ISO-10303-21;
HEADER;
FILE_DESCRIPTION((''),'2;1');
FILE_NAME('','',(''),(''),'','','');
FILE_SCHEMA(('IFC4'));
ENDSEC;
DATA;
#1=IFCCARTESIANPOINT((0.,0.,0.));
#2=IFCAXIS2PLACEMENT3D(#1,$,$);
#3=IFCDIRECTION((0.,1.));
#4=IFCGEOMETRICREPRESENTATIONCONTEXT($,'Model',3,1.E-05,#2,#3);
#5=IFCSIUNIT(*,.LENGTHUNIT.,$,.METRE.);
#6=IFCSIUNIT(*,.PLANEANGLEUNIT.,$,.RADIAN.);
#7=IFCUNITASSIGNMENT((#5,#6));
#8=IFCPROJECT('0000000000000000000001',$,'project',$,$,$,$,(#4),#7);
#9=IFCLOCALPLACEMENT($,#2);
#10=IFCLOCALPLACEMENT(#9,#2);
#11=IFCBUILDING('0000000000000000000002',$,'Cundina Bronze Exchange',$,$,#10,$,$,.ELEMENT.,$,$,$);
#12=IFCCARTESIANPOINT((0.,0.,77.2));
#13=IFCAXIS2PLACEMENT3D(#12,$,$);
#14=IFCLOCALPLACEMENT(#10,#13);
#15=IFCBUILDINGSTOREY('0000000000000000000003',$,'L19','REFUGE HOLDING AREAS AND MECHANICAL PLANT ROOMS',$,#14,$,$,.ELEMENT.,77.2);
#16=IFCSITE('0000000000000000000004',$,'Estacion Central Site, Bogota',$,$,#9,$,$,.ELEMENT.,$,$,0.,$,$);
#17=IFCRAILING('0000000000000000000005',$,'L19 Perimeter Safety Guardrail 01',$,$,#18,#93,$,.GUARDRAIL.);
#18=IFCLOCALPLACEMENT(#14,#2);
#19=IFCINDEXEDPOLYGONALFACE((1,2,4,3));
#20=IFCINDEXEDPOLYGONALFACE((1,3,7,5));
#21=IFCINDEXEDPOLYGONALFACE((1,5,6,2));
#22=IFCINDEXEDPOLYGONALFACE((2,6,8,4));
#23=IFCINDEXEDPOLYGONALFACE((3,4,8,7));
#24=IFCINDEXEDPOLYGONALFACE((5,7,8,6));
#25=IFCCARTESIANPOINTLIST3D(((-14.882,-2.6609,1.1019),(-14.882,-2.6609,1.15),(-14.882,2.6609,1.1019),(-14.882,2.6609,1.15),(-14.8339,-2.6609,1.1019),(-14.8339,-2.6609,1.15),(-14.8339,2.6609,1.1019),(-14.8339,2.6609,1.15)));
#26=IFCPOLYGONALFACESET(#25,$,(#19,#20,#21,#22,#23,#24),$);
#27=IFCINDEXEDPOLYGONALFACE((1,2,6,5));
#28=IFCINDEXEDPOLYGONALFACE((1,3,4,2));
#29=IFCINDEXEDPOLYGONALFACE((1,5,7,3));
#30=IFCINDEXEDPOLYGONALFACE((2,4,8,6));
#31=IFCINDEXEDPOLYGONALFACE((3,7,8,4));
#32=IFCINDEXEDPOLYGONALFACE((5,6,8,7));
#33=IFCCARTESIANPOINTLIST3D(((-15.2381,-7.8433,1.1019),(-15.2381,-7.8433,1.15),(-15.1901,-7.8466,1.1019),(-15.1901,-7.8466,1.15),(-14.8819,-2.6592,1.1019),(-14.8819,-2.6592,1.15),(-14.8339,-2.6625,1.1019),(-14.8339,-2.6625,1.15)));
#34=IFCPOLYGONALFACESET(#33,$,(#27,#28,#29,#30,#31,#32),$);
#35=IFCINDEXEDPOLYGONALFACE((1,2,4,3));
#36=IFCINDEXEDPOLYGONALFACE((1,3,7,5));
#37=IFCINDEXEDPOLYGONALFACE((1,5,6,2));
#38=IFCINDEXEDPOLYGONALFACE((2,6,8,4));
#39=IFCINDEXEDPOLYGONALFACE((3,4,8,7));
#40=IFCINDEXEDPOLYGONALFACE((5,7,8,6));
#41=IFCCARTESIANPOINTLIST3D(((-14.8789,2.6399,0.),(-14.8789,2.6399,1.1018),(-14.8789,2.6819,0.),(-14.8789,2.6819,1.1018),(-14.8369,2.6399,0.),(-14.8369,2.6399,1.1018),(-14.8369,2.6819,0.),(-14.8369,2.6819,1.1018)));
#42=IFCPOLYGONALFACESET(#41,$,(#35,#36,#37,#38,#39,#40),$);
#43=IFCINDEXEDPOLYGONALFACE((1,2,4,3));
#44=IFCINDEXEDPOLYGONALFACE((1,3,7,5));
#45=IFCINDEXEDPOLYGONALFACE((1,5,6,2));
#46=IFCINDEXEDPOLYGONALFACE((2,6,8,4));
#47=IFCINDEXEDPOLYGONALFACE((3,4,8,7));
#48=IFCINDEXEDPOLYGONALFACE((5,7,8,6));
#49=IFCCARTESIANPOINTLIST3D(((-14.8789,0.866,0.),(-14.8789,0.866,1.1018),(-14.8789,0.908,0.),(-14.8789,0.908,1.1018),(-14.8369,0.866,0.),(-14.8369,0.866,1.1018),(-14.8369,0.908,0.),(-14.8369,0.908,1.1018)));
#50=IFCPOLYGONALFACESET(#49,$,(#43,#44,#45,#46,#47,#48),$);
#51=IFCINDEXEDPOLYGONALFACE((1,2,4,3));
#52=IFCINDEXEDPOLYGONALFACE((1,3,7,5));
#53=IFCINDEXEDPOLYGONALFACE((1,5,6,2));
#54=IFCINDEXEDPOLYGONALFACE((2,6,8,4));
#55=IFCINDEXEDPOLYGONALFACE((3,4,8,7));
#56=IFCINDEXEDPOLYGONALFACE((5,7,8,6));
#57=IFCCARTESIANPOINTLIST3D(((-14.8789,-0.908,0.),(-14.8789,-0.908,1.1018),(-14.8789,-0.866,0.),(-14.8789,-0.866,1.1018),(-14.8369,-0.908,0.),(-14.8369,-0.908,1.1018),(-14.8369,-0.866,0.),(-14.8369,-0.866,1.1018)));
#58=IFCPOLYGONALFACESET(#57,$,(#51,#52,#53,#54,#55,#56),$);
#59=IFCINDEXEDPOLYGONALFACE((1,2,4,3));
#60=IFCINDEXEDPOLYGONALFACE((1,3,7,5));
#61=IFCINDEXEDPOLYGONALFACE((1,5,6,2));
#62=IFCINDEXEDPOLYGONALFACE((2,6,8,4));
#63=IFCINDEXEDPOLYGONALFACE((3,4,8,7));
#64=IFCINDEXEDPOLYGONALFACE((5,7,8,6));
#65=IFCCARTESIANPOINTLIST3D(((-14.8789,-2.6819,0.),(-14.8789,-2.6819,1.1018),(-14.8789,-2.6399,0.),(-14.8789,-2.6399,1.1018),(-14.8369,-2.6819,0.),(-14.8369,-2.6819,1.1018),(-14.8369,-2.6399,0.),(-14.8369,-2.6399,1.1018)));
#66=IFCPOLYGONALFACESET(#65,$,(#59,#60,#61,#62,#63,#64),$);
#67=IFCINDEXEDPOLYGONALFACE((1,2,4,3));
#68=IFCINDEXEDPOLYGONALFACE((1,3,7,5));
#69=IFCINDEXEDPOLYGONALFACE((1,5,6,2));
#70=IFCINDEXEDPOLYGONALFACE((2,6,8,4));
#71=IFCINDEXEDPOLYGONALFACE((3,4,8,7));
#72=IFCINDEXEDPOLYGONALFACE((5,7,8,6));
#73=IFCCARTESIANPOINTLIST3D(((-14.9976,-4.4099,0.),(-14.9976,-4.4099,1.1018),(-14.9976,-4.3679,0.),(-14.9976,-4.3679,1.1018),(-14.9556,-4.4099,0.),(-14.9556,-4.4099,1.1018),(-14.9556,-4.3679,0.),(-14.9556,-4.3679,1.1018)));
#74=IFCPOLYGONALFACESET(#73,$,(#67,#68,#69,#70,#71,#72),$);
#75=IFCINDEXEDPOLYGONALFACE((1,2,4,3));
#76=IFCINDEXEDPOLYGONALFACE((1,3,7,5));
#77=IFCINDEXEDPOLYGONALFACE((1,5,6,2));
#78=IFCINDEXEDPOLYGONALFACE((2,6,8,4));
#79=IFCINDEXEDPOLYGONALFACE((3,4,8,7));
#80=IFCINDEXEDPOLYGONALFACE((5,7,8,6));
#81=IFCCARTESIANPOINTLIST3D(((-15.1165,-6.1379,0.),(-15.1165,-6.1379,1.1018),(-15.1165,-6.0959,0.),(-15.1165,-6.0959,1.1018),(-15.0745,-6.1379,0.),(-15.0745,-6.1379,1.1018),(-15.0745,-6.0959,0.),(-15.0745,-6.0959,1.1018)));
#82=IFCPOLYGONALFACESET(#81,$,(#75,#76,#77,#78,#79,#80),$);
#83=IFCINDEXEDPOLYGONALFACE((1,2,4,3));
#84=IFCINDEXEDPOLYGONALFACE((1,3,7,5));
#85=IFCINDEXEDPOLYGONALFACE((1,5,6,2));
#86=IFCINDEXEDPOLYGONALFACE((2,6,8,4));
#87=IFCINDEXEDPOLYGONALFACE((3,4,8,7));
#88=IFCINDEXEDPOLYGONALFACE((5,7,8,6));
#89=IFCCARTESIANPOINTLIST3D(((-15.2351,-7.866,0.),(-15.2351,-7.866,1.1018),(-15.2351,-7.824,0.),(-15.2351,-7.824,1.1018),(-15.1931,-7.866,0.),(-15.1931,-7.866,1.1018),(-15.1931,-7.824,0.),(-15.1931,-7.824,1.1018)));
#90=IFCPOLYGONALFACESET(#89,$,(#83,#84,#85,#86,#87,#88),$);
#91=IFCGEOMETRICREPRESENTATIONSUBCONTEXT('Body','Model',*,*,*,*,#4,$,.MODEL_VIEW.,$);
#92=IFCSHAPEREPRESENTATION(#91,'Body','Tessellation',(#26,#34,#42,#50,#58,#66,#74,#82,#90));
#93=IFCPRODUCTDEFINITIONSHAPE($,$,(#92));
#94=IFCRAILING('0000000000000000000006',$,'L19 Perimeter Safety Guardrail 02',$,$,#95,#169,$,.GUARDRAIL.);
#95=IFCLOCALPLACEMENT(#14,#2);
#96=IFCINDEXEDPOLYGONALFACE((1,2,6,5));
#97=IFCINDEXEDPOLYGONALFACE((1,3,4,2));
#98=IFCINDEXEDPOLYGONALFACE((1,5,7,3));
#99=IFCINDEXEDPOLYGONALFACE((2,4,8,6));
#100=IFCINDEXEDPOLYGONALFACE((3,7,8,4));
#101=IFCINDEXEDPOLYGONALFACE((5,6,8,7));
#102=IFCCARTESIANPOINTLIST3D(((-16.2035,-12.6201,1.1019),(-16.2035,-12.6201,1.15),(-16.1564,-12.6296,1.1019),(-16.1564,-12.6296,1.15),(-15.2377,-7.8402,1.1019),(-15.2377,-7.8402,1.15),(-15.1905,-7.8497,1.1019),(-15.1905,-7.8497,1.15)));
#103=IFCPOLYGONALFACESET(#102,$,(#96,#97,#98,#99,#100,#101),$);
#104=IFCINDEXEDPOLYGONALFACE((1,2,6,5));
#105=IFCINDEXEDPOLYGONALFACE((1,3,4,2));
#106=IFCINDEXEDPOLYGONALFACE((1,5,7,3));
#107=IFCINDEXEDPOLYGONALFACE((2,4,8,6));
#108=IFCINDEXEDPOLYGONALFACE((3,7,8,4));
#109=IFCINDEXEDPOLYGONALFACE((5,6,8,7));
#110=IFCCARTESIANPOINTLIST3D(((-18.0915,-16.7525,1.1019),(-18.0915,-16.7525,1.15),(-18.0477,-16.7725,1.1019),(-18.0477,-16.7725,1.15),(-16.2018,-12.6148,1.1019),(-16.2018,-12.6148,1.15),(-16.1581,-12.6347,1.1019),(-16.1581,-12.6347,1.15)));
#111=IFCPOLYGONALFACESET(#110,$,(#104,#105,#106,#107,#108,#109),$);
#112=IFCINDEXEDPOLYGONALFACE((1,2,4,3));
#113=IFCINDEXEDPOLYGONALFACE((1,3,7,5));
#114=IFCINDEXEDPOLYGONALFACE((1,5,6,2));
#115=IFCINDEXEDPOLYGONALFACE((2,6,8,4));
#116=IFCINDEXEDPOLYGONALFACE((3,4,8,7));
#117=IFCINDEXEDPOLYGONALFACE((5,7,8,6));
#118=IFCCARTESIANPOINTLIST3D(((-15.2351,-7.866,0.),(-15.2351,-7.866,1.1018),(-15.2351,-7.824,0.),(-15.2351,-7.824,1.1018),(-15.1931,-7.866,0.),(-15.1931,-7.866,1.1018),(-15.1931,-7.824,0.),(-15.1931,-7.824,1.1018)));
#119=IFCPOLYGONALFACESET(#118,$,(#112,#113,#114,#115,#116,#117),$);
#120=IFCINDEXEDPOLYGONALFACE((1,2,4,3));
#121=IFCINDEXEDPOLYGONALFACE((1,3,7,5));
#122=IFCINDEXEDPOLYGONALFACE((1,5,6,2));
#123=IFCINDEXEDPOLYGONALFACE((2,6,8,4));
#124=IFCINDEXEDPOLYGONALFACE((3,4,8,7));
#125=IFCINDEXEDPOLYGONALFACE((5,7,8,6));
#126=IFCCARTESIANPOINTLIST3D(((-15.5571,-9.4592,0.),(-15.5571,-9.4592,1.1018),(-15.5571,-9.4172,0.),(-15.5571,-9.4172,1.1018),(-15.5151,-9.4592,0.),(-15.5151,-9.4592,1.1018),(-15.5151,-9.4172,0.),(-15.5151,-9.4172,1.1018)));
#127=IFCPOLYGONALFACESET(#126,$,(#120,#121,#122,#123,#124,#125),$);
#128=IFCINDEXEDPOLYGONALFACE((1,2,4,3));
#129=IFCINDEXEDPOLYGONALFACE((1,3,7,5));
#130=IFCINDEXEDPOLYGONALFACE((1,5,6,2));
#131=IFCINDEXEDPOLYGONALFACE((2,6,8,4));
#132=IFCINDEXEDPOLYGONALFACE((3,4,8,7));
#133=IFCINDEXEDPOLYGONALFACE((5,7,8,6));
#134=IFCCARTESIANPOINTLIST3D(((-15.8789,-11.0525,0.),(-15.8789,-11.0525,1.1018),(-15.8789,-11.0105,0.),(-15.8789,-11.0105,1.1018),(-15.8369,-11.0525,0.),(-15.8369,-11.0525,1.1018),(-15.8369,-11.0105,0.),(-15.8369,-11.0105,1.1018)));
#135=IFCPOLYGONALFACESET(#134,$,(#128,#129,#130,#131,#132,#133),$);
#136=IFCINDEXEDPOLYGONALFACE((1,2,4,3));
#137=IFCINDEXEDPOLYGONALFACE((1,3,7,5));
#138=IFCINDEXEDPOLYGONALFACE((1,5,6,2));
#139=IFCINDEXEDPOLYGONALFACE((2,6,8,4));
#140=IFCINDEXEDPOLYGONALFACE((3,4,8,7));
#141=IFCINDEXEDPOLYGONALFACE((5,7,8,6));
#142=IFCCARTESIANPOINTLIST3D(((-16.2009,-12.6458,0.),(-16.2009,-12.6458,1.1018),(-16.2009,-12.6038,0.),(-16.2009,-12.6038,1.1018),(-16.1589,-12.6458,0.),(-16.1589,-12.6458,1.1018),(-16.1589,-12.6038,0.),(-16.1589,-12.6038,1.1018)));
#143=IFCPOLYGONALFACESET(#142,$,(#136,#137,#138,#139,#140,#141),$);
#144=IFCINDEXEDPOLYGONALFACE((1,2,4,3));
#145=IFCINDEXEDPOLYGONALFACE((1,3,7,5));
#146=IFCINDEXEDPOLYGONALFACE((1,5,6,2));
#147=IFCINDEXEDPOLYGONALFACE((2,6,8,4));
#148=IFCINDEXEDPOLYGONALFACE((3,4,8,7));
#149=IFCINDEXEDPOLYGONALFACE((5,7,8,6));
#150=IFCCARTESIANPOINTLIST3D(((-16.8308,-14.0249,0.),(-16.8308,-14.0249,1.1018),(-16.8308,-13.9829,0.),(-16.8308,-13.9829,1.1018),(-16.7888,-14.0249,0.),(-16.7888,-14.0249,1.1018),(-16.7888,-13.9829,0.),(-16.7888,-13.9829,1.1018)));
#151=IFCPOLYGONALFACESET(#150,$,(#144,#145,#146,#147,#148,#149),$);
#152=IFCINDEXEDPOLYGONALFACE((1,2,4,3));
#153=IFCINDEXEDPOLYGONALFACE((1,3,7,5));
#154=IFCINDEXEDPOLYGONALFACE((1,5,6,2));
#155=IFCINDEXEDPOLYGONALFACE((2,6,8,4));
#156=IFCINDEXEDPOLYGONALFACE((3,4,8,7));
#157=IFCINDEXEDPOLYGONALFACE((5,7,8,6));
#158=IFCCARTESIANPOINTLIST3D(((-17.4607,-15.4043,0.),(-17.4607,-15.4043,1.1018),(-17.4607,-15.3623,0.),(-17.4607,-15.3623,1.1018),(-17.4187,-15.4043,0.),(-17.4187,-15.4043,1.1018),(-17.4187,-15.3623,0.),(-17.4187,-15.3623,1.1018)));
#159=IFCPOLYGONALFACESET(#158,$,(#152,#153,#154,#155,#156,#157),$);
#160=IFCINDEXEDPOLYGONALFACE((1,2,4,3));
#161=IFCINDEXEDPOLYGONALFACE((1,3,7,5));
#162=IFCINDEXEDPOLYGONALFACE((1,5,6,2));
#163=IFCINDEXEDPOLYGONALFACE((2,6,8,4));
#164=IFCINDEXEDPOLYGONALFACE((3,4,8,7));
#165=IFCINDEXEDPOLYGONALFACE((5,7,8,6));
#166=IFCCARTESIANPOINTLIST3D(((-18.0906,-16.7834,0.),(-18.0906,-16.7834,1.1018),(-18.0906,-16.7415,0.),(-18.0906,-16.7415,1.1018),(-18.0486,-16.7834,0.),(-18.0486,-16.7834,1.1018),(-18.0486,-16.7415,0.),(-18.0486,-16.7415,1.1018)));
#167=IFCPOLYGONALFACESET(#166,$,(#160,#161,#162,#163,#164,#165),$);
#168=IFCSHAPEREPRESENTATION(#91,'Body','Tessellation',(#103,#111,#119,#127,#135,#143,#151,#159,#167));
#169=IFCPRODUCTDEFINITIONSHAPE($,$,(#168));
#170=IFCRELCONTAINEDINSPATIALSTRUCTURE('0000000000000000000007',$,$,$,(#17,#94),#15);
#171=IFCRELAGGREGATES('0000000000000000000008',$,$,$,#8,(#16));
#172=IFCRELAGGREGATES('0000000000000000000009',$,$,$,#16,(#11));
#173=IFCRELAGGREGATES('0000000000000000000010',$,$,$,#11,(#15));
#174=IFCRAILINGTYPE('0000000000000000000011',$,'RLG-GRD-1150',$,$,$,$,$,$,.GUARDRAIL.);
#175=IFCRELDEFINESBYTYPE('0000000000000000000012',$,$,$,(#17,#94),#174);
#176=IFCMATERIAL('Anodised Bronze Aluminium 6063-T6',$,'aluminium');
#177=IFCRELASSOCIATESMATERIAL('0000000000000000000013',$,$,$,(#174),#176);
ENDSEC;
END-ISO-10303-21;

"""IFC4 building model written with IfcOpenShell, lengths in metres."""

from ifc_helpers import new_model, si_unit, direction, frame, origin, origin_2d, place, context, subcontext, project, spatial, rectangle, extrude, material, type_object, element, save


model = new_model("IFC4")

# Units and contexts
model_context = context("Model", 3, precision=1e-05, world=origin(), true_north=direction((0.0, 1.0)))
body_context = subcontext(model_context, "Body", "Model", "MODEL_VIEW")
ifc_project = project(units=[si_unit("LENGTHUNIT", "METRE"), si_unit("PLANEANGLEUNIT", "RADIAN")], contexts=[model_context])

# Site, building, storey
site_placement = place(None, origin())
site = spatial("IfcSite", under=ifc_project, at=site_placement, Name="Estacion Central Site, Bogota", CompositionType="ELEMENT", RefElevation=0.0)
building_placement = place(site_placement, origin())
building = spatial("IfcBuilding", under=site, at=building_placement, Name="Cundina Bronze Exchange", CompositionType="ELEMENT")
storey_placement = place(building_placement, frame((0.0, 0.0, 77.2)))
storey = spatial("IfcBuildingStorey", under=building, at=storey_placement, Name="L19", Description="REFUGE HOLDING AREAS AND MECHANICAL PLANT ROOMS", CompositionType="ELEMENT", Elevation=77.2)

# Railings
ifc_material_1 = material(Name="Anodised Bronze Aluminium 6063-T6", Category="aluminium")
railing_type = type_object("IfcRailingType", Name="RLG-GRD-1150", PredefinedType="GUARDRAIL", material=ifc_material_1)
railing_1_placement = place(storey_placement, frame((-14.8579, 2.6609, 0.0)))
element("IfcRailing", 1, at=railing_1_placement, inside=storey, type_object=railing_type, Name="L19 Perimeter Safety Guardrail 01", PredefinedType="GUARDRAIL", context=body_context, shape_type="SweptSolid", body=[
    extrude(rectangle(XDim=0.0481, YDim=0.0481, at=origin_2d()), frame((0.0, 0.0, 1.126), z_axis=(0.0, -1.0, 0.0), x_axis=(1.0, 0.0, 0.0)), (0.0, 0.0, 1.0), 5.3218),
    extrude(rectangle(XDim=0.0481, YDim=0.0481, at=origin_2d()), frame((0.0, -5.3218, 1.126), z_axis=(-0.068549, -0.997648, 0.0), x_axis=(0.997648, -0.068549, 0.0)), (0.0, 0.0, 1.0), 5.1963),
    extrude(rectangle(XDim=0.042, YDim=0.042, at=origin_2d()), origin(), (0.0, 0.0, 1.0), 1.1018),
    extrude(rectangle(XDim=0.042, YDim=0.042, at=origin_2d()), frame((0.0, -1.7739, 0.0)), (0.0, 0.0, 1.0), 1.1018),
    extrude(rectangle(XDim=0.042, YDim=0.042, at=origin_2d()), frame((0.0, -3.5479, 0.0)), (0.0, 0.0, 1.0), 1.1018),
    extrude(rectangle(XDim=0.042, YDim=0.042, at=origin_2d()), frame((0.0, -5.3218, 0.0)), (0.0, 0.0, 1.0), 1.1018),
    extrude(rectangle(XDim=0.042, YDim=0.042, at=origin_2d()), frame((-0.1187, -7.0498, 0.0)), (0.0, 0.0, 1.0), 1.1018),
    extrude(rectangle(XDim=0.042, YDim=0.042, at=origin_2d()), frame((-0.2375, -8.7778, 0.0)), (0.0, 0.0, 1.0), 1.1018),
    extrude(rectangle(XDim=0.042, YDim=0.042, at=origin_2d()), frame((-0.3562, -10.5059, 0.0)), (0.0, 0.0, 1.0), 1.1018),
])
railing_2_placement = place(storey_placement, frame((-15.2141, -7.845, 0.0)))
element("IfcRailing", 2, at=railing_2_placement, inside=storey, type_object=railing_type, Name="L19 Perimeter Safety Guardrail 02", PredefinedType="GUARDRAIL", context=body_context, shape_type="SweptSolid", body=[
    extrude(rectangle(XDim=0.0481, YDim=0.0481, at=origin_2d()), frame((0.0, 0.0, 1.126), z_axis=(-0.198061, -0.98019, 0.0), x_axis=(0.98019, -0.198061, 0.0)), (0.0, 0.0, 1.0), 4.8765),
    extrude(rectangle(XDim=0.0481, YDim=0.0481, at=origin_2d()), frame((-0.9658, -4.7798, 1.126), z_axis=(-0.41542, -0.90963, 0.0), x_axis=(0.90963, -0.41542, 0.0)), (0.0, 0.0, 1.0), 4.5488),
    extrude(rectangle(XDim=0.042, YDim=0.042, at=origin_2d()), origin(), (0.0, 0.0, 1.0), 1.1018),
    extrude(rectangle(XDim=0.042, YDim=0.042, at=origin_2d()), frame((-0.322, -1.5933, 0.0)), (0.0, 0.0, 1.0), 1.1018),
    extrude(rectangle(XDim=0.042, YDim=0.042, at=origin_2d()), frame((-0.6438, -3.1865, 0.0)), (0.0, 0.0, 1.0), 1.1018),
    extrude(rectangle(XDim=0.042, YDim=0.042, at=origin_2d()), frame((-0.9658, -4.7798, 0.0)), (0.0, 0.0, 1.0), 1.1018),
    extrude(rectangle(XDim=0.042, YDim=0.042, at=origin_2d()), frame((-1.5957, -6.1589, 0.0)), (0.0, 0.0, 1.0), 1.1018),
    extrude(rectangle(XDim=0.042, YDim=0.042, at=origin_2d()), frame((-2.2256, -7.5383, 0.0)), (0.0, 0.0, 1.0), 1.1018),
    extrude(rectangle(XDim=0.042, YDim=0.042, at=origin_2d()), frame((-2.8555, -8.9175, 0.0)), (0.0, 0.0, 1.0), 1.1018),
])

save(model, "model.ifc")
